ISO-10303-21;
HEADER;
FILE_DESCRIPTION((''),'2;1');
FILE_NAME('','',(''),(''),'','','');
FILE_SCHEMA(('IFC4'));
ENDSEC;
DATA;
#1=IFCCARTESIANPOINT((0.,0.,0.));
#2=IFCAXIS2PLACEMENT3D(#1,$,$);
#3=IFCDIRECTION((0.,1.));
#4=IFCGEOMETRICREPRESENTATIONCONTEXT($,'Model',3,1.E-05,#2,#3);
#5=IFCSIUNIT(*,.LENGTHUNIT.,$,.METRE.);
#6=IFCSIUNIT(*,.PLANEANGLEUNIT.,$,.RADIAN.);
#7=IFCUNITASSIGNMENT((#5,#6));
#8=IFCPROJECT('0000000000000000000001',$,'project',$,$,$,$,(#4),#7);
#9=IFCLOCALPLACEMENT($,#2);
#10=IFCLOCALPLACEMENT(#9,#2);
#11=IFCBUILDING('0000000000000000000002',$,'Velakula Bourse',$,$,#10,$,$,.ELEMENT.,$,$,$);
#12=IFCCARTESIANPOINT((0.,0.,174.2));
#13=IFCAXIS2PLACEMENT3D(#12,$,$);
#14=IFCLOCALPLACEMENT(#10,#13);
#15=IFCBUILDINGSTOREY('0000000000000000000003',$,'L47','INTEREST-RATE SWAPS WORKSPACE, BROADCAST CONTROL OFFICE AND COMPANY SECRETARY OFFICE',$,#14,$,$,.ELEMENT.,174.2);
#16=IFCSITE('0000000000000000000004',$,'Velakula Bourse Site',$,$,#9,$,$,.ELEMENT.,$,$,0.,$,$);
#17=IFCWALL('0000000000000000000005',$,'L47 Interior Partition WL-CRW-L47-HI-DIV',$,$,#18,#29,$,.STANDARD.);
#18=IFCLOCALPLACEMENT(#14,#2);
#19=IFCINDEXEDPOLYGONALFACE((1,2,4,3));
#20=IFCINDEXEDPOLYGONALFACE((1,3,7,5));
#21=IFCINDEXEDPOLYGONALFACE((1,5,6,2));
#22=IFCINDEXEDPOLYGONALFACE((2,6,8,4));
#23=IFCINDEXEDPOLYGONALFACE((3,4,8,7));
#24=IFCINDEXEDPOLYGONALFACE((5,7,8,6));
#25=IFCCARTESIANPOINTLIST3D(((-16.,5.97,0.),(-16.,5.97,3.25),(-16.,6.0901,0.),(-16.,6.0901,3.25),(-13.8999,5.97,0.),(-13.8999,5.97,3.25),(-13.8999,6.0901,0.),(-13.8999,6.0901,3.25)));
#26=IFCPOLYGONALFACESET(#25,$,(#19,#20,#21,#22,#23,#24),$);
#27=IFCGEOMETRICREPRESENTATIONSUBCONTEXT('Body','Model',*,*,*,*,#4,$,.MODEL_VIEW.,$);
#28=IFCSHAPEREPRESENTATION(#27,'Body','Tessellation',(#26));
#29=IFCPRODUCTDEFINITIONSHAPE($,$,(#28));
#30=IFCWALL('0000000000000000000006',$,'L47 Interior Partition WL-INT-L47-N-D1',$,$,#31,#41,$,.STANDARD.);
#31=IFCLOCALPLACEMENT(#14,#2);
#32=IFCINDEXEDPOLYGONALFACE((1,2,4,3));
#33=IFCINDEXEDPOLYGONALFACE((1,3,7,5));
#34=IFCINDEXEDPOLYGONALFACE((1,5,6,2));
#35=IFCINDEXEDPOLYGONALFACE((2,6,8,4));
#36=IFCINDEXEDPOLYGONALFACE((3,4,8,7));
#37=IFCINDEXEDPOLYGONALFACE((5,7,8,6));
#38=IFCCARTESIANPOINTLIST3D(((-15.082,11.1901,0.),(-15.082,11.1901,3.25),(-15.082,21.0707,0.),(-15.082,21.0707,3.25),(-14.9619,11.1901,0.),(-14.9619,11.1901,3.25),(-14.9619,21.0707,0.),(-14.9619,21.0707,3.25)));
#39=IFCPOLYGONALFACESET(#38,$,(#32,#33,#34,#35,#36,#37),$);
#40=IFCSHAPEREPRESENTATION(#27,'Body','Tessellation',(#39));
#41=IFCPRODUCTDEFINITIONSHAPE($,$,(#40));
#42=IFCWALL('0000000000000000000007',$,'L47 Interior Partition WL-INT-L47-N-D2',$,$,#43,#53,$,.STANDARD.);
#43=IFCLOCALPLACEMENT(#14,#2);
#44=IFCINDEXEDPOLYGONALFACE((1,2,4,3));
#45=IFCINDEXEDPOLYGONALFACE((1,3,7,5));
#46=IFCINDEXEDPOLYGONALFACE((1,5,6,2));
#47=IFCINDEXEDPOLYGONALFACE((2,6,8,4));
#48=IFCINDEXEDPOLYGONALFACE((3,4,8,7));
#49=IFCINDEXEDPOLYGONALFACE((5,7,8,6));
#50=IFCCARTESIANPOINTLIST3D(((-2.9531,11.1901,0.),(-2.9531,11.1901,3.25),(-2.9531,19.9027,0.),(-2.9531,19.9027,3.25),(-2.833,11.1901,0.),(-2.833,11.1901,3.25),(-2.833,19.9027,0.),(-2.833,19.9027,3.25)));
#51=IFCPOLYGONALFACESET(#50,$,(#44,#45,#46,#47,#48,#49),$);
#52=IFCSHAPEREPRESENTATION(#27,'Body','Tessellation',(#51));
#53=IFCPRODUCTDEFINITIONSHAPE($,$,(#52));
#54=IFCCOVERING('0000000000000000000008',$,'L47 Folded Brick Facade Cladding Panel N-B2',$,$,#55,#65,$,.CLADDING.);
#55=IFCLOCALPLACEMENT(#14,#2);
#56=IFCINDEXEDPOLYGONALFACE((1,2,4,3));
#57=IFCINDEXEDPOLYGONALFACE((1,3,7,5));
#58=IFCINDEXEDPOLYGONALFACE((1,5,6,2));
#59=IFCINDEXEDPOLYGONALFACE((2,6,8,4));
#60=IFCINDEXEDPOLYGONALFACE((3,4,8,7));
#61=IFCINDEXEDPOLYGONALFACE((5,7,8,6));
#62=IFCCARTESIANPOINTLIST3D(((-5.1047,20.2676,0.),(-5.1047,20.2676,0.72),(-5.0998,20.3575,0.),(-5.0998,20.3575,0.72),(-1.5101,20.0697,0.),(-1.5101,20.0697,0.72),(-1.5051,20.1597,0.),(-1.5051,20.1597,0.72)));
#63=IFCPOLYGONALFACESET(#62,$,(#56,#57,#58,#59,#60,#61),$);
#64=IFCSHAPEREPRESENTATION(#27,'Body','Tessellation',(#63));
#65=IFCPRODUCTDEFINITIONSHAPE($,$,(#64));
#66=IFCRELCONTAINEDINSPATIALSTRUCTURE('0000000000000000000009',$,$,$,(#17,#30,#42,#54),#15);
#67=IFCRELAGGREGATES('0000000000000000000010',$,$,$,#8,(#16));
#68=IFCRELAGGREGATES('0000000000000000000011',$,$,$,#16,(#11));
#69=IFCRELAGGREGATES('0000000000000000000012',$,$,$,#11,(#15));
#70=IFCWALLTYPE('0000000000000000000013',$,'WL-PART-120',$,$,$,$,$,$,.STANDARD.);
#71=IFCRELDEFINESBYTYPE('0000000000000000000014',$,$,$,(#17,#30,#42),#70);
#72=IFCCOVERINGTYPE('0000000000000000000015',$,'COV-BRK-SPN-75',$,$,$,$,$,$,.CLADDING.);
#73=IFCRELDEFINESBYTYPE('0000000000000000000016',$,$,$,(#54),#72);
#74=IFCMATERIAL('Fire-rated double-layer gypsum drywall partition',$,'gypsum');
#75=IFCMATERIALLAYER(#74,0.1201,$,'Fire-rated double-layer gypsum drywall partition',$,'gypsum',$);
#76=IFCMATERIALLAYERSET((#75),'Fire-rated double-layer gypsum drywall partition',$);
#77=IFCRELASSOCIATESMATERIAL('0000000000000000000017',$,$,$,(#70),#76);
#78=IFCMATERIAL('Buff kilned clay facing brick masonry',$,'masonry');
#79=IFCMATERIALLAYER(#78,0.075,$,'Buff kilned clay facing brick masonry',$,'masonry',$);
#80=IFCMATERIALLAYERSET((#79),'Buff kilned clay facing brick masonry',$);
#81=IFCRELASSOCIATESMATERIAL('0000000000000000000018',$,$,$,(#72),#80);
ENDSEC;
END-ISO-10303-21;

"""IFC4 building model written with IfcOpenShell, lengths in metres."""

from ifc_helpers import new_model, si_unit, direction, frame, frame_2d, origin, origin_2d, place, context, subcontext, project, spatial, rectangle, extrude, material, layer, layer_set, type_object, element, save


model = new_model("IFC4")

# Units and contexts
model_context = context("Model", 3, precision=1e-05, world=origin(), true_north=direction((0.0, 1.0)))
body_context = subcontext(model_context, "Body", "Model", "MODEL_VIEW")
ifc_project = project(units=[si_unit("LENGTHUNIT", "METRE"), si_unit("PLANEANGLEUNIT", "RADIAN")], contexts=[model_context])

# Site, building, storey
site_placement = place(None, origin())
site = spatial("IfcSite", under=ifc_project, at=site_placement, Name="Velakula Bourse Site", CompositionType="ELEMENT", RefElevation=0.0)
building_placement = place(site_placement, origin())
building = spatial("IfcBuilding", under=site, at=building_placement, Name="Velakula Bourse", CompositionType="ELEMENT")
storey_placement = place(building_placement, frame((0.0, 0.0, 174.2)))
storey = spatial("IfcBuildingStorey", under=building, at=storey_placement, Name="L47", Description="INTEREST-RATE SWAPS WORKSPACE, BROADCAST CONTROL OFFICE AND COMPANY SECRETARY OFFICE", CompositionType="ELEMENT", Elevation=174.2)

# Walls
ifc_material_1 = material(Name="Fire-rated double-layer gypsum drywall partition", Category="gypsum")
ifc_layer_1 = layer(ifc_material_1, 0.1201, Name="Fire-rated double-layer gypsum drywall partition", Category="gypsum")
ifc_layer_set_1 = layer_set([ifc_layer_1], Name="Fire-rated double-layer gypsum drywall partition")
wall_type_1 = type_object("IfcWallType", Name="WL-PART-120", PredefinedType="STANDARD", material=ifc_layer_set_1)
wall_1_placement = place(storey_placement, frame((-16.0, 6.03, 0.0), z_axis=(0.0, 0.0, 1.0), x_axis=(1.0, 0.0, 0.0)))
element("IfcWall", 1, at=wall_1_placement, inside=storey, type_object=wall_type_1, Name="L47 Interior Partition WL-CRW-L47-HI-DIV", PredefinedType="STANDARD", context=body_context, shape_type="SweptSolid", body=[
    extrude(rectangle(XDim=2.1001, YDim=0.1201, at=frame_2d((1.05, 0.0))), origin(), (0.0, 0.0, 1.0), 3.25),
])
wall_2_placement = place(storey_placement, frame((-15.022, 11.1899, 0.0), z_axis=(0.0, 0.0, 1.0), x_axis=(0.0, 1.0, 0.0)))
element("IfcWall", 2, at=wall_2_placement, inside=storey, type_object=wall_type_1, Name="L47 Interior Partition WL-INT-L47-N-D1", PredefinedType="STANDARD", context=body_context, shape_type="SweptSolid", body=[
    extrude(rectangle(XDim=9.8806, YDim=0.1201, at=frame_2d((4.9404, 0.0))), origin(), (0.0, 0.0, 1.0), 3.25),
])
wall_3_placement = place(storey_placement, frame((-2.8931, 11.1899, 0.0), z_axis=(0.0, 0.0, 1.0), x_axis=(0.0, 1.0, 0.0)))
element("IfcWall", 3, at=wall_3_placement, inside=storey, type_object=wall_type_1, Name="L47 Interior Partition WL-INT-L47-N-D2", PredefinedType="STANDARD", context=body_context, shape_type="SweptSolid", body=[
    extrude(rectangle(XDim=8.7126, YDim=0.1201, at=frame_2d((4.3564, 0.0))), origin(), (0.0, 0.0, 1.0), 3.25),
])

# Covering
ifc_material_2 = material(Name="Buff kilned clay facing brick masonry", Category="masonry")
ifc_layer_2 = layer(ifc_material_2, 0.075, Name="Buff kilned clay facing brick masonry", Category="masonry")
ifc_layer_set_2 = layer_set([ifc_layer_2], Name="Buff kilned clay facing brick masonry")
covering_type = type_object("IfcCoveringType", Name="COV-BRK-SPN-75", PredefinedType="CLADDING", material=ifc_layer_set_2)
covering_placement = place(storey_placement, frame((-3.3049, 20.2136, 0.0), z_axis=(0.0, 0.0, 1.0), x_axis=(0.998489, -0.05495, 0.0)))
element("IfcCovering", 4, at=covering_placement, inside=storey, type_object=covering_type, Name="L47 Folded Brick Facade Cladding Panel N-B2", PredefinedType="CLADDING", context=body_context, shape_type="SweptSolid", body=[
    extrude(rectangle(XDim=3.6001, YDim=0.0901, at=origin_2d()), origin(), (0.0, 0.0, 1.0), 0.72),
])

save(model, "model.ifc")
